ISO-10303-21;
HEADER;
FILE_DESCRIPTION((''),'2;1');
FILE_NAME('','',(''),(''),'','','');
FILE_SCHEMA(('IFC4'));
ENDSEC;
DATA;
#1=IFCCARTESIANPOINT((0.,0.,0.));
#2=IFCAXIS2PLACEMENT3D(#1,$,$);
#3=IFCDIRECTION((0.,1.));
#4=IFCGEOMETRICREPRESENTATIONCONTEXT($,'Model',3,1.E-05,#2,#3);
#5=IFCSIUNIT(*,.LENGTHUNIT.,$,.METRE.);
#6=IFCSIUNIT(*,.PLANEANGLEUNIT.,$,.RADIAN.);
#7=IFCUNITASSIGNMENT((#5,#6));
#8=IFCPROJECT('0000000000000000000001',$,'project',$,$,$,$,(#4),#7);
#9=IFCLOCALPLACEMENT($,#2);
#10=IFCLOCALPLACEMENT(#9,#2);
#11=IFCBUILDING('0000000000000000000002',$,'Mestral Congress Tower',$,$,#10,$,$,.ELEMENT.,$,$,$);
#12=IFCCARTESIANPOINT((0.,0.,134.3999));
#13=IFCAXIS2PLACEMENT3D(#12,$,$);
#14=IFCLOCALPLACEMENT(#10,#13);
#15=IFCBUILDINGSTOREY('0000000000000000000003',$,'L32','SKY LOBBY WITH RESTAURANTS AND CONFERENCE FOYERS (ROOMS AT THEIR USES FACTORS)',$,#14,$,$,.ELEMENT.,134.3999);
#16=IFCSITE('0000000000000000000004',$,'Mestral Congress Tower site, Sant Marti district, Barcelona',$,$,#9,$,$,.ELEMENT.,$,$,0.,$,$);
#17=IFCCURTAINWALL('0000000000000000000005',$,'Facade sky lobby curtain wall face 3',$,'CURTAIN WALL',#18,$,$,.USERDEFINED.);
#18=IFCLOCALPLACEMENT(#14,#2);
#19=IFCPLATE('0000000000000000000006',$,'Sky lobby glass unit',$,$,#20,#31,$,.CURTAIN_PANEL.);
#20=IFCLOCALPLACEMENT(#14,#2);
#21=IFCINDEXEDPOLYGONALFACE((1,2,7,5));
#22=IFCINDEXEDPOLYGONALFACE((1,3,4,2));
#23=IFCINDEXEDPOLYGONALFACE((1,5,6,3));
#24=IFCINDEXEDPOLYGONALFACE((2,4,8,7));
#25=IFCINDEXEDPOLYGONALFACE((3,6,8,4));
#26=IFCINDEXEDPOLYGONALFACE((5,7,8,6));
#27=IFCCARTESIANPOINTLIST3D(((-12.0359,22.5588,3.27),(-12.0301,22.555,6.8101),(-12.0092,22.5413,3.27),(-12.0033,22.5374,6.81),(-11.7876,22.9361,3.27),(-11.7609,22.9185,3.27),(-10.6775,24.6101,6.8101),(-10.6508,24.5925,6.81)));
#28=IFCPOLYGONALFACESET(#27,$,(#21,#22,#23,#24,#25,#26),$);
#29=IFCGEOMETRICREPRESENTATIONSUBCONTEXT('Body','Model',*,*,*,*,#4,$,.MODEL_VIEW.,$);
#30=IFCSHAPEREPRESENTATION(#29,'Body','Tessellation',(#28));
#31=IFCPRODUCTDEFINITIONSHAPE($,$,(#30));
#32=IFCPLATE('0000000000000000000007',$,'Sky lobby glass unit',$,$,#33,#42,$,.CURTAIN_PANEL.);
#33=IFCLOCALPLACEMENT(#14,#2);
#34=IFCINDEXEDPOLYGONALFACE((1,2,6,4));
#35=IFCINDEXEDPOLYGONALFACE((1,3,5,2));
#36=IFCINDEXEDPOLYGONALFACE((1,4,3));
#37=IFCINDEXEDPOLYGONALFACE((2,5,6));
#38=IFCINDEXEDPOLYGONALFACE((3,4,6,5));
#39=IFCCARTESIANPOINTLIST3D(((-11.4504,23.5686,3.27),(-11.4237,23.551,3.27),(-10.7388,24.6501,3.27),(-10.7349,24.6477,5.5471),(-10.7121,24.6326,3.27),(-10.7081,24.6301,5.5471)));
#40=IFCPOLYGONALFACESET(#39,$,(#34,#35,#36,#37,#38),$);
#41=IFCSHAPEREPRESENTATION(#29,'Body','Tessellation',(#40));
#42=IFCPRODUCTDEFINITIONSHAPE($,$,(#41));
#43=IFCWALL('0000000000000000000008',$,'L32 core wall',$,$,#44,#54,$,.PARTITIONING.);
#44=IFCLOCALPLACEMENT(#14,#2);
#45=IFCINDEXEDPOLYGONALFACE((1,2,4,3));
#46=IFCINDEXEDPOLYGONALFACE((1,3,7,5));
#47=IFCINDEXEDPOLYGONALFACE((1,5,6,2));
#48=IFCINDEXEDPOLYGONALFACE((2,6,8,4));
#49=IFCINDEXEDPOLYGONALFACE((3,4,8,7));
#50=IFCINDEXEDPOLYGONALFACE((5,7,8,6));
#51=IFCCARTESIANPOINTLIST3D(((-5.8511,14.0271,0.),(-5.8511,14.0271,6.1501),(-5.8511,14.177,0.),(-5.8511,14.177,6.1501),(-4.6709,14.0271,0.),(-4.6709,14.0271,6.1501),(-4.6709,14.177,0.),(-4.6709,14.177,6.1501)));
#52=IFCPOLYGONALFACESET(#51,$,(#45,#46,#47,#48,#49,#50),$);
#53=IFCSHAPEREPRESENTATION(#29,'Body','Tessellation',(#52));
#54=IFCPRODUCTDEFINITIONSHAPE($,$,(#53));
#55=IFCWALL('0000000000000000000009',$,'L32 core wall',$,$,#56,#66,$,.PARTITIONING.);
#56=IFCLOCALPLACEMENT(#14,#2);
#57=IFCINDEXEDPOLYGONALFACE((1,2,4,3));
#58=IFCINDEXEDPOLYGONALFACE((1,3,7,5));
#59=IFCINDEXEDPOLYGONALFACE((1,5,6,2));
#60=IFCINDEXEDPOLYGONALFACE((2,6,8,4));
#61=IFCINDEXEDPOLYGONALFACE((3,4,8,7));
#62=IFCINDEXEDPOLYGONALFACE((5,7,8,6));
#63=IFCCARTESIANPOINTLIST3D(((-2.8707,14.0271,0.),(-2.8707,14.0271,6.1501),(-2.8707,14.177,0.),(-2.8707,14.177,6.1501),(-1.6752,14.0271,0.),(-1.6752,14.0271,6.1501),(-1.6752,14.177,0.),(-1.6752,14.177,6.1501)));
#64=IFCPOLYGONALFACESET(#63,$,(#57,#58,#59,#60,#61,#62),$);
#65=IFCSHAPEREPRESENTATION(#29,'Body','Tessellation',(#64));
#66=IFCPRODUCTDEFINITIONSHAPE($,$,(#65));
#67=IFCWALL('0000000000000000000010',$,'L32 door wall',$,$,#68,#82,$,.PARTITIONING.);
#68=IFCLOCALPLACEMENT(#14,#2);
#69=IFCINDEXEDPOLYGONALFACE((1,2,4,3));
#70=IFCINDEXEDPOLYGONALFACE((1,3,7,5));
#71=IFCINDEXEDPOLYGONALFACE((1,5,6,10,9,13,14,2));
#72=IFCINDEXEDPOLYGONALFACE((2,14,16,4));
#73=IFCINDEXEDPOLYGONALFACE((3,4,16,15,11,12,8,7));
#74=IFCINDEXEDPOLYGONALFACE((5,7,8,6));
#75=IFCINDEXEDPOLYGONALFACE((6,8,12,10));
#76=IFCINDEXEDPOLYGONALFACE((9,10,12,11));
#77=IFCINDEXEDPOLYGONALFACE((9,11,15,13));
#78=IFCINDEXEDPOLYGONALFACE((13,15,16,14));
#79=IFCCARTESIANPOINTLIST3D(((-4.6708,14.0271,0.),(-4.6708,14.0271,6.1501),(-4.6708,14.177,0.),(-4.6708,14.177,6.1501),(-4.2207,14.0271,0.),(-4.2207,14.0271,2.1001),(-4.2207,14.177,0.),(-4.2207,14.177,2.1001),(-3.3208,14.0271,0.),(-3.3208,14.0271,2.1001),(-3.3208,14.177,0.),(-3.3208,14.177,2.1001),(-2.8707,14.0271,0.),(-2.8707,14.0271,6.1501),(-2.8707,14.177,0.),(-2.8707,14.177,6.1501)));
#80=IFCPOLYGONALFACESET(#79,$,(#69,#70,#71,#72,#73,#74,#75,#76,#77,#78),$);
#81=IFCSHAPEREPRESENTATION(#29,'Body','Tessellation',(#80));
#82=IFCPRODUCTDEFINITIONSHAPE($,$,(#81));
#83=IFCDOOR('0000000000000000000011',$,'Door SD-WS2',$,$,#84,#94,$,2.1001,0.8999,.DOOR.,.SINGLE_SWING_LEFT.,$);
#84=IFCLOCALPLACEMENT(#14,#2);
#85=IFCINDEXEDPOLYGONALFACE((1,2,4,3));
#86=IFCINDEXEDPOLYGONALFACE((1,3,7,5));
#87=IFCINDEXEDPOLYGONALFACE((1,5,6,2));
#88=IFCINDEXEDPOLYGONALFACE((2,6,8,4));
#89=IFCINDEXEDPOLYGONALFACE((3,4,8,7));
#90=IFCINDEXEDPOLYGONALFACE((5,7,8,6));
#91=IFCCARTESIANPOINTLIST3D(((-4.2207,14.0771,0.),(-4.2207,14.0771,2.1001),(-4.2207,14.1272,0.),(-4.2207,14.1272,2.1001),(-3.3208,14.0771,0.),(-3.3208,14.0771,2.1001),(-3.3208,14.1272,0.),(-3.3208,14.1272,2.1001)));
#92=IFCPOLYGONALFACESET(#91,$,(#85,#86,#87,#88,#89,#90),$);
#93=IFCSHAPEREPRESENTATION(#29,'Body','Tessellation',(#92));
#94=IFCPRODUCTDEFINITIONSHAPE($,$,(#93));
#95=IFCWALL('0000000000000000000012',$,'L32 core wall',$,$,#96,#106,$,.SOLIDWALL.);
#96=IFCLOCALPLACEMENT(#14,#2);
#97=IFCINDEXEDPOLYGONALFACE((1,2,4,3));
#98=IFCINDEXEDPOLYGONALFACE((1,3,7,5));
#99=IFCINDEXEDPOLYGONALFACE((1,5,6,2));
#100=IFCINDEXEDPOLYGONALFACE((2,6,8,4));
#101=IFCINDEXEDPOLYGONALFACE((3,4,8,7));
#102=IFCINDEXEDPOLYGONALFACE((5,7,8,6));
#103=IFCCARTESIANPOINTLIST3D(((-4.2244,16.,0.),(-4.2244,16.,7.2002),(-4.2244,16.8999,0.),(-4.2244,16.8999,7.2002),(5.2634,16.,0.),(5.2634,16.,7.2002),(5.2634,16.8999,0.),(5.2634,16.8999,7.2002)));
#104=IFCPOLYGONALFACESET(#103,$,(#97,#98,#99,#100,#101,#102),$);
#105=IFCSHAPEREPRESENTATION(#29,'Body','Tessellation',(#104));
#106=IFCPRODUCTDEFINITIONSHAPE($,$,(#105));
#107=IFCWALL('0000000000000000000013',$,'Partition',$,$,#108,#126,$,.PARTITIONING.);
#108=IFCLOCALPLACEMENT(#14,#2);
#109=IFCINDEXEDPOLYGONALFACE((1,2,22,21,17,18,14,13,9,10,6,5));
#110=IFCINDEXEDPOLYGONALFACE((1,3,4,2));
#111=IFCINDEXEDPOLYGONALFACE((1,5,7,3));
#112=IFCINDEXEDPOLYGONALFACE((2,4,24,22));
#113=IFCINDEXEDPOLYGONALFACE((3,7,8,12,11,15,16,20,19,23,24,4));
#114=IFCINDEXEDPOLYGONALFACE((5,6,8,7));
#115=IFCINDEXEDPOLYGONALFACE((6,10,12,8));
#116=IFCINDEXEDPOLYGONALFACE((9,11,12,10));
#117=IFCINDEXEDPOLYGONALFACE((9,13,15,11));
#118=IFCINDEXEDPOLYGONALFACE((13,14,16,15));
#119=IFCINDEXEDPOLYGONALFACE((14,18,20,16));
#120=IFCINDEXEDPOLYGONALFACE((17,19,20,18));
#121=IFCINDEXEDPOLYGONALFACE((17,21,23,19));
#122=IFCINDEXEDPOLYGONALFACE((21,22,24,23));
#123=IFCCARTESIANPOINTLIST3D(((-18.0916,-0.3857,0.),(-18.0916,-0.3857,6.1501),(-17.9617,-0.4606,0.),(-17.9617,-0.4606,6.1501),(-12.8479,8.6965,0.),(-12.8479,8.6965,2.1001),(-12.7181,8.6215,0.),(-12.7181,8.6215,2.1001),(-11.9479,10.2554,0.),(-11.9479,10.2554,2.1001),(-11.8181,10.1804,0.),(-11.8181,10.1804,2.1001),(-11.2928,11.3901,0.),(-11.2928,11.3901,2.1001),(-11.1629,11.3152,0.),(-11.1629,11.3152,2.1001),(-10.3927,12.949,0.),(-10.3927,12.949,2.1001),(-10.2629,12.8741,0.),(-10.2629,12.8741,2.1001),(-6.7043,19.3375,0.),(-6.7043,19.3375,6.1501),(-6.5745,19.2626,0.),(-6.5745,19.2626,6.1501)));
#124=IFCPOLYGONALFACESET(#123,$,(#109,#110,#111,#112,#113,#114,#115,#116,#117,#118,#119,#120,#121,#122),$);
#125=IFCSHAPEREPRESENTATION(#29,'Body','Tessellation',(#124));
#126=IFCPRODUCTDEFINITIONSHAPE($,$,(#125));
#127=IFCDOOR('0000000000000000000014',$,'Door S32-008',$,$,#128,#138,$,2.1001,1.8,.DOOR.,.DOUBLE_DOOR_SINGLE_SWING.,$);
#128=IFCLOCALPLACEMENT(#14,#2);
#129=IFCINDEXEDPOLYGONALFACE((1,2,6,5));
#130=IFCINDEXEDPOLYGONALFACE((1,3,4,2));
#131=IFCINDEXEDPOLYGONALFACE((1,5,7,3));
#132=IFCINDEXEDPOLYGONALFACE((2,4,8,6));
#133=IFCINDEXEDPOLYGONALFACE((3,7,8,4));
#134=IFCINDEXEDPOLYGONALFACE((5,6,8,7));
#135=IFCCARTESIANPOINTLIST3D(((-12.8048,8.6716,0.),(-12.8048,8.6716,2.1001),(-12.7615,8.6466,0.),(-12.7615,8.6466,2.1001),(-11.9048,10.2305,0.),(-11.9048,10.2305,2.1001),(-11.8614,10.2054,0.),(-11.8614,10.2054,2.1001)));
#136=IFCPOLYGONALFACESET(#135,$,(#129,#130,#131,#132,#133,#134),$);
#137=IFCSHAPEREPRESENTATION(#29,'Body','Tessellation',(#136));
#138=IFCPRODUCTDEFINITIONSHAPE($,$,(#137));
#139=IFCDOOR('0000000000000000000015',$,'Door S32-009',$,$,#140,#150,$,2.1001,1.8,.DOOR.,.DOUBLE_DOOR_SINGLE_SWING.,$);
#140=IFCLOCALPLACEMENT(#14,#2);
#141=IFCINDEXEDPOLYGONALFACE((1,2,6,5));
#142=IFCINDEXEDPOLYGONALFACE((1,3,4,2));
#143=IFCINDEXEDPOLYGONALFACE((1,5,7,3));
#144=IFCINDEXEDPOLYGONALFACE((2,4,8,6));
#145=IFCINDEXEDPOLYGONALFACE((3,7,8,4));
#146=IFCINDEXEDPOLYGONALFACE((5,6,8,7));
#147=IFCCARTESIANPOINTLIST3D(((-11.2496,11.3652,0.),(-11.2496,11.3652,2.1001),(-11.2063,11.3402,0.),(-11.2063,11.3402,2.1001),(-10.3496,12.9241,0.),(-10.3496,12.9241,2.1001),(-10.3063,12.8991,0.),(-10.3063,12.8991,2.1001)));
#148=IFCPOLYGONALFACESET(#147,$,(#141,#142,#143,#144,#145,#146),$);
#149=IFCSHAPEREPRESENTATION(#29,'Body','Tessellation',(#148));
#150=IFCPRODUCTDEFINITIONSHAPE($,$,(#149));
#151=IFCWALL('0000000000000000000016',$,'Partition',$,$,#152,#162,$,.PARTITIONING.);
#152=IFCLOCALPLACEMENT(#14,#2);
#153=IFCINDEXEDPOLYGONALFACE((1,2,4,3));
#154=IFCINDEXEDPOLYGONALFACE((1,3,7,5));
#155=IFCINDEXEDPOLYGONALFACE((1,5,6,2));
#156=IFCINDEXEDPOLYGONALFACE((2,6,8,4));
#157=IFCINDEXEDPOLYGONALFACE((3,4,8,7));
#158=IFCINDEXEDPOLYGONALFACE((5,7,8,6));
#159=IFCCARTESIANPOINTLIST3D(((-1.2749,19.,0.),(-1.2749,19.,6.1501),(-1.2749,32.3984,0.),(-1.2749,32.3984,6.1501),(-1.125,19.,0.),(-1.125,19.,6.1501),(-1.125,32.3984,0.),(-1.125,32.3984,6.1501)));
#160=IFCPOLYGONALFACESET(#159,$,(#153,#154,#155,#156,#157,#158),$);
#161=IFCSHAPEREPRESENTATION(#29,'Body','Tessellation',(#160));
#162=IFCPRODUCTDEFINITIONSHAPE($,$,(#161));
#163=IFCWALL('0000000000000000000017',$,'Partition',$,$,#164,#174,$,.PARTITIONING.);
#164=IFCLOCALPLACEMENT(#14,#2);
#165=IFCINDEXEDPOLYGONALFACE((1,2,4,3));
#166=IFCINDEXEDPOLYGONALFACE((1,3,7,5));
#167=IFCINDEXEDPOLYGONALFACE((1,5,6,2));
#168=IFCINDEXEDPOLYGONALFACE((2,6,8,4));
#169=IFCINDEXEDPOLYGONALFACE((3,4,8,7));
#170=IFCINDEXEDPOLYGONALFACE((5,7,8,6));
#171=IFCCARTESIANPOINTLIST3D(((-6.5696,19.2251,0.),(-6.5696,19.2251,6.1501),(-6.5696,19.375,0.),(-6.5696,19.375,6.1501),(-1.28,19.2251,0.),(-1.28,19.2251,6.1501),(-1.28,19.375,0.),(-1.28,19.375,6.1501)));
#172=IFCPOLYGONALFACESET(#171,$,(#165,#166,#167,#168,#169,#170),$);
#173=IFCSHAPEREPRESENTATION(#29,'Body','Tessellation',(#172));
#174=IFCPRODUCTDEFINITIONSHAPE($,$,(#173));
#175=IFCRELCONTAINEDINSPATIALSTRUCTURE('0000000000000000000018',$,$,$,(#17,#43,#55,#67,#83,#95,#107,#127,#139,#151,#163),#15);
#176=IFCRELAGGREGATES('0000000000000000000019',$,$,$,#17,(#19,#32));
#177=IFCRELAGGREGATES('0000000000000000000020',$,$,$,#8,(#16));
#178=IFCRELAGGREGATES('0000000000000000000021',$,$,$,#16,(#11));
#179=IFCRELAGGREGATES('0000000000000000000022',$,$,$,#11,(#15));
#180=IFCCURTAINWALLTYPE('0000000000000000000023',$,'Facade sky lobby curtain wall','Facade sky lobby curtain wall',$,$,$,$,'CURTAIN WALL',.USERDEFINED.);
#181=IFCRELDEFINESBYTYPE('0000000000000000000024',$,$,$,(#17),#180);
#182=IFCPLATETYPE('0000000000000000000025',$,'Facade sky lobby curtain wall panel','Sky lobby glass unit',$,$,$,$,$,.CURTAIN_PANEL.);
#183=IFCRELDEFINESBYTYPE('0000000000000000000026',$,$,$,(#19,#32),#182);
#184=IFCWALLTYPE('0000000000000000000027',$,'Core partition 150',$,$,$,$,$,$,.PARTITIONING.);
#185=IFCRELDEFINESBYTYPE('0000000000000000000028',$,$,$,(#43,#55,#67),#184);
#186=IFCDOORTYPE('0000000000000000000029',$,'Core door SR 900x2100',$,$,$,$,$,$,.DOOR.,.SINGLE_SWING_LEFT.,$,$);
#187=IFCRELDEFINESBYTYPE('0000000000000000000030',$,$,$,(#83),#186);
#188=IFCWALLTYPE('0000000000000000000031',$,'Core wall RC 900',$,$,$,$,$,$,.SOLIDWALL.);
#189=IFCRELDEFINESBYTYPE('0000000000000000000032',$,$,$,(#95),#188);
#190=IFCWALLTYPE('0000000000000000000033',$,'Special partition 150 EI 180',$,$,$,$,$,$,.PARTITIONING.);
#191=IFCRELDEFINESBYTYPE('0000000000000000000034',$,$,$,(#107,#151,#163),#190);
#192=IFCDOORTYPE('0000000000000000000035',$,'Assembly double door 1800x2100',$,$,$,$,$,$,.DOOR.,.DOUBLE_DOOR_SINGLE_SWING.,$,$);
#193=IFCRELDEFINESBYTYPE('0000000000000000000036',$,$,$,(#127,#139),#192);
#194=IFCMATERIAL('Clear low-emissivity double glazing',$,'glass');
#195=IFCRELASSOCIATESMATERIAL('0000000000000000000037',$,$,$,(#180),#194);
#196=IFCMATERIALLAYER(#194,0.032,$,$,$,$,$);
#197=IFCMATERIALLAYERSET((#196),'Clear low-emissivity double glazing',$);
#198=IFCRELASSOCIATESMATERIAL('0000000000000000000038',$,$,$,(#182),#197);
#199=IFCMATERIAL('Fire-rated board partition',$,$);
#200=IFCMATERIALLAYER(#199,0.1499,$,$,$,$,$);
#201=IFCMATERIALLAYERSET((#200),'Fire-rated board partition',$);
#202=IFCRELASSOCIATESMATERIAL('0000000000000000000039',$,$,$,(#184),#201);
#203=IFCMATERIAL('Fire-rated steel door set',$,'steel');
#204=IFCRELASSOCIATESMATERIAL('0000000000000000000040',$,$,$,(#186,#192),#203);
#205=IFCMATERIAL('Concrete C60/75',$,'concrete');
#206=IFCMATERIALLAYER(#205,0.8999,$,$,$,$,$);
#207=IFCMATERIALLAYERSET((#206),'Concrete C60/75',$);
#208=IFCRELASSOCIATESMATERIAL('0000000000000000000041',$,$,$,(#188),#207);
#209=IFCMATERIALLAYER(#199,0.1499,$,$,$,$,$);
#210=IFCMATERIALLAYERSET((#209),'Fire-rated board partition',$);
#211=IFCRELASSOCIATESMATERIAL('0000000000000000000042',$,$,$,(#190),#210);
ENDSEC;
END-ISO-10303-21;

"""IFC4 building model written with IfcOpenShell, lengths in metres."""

from ifc_helpers import new_model, si_unit, direction, frame, frame_2d, origin, place, context, subcontext, project, spatial, polyline, rectangle, outline, extrude, material, layer, layer_set, type_object, element, fill, aggregate, save


model = new_model("IFC4")

# Units and contexts
model_context = context("Model", 3, precision=1e-05, world=origin(), true_north=direction((0.0, 1.0)))
body_context = subcontext(model_context, "Body", "Model", "MODEL_VIEW")
ifc_project = project(units=[si_unit("LENGTHUNIT", "METRE"), si_unit("PLANEANGLEUNIT", "RADIAN")], contexts=[model_context])

# Site, building, storey
site_placement = place(None, origin())
site = spatial("IfcSite", under=ifc_project, at=site_placement, Name="Mestral Congress Tower site, Sant Marti district, Barcelona", CompositionType="ELEMENT", RefElevation=0.0)
building_placement = place(site_placement, origin())
building = spatial("IfcBuilding", under=site, at=building_placement, Name="Mestral Congress Tower", CompositionType="ELEMENT")
storey_placement = place(building_placement, frame((0.0, 0.0, 134.3999)))
storey = spatial("IfcBuildingStorey", under=building, at=storey_placement, Name="L32", Description="SKY LOBBY WITH RESTAURANTS AND CONFERENCE FOYERS (ROOMS AT THEIR USES FACTORS)", CompositionType="ELEMENT", Elevation=134.3999)

# Curtain wall
ifc_material_1 = material(Name="Clear low-emissivity double glazing", Category="glass")
curtain_wall_type = type_object("IfcCurtainWallType", Name="Facade sky lobby curtain wall", Description="Facade sky lobby curtain wall", ElementType="CURTAIN WALL", PredefinedType="USERDEFINED", material=ifc_material_1)
placement = place(storey_placement, origin())
curtain_wall = element("IfcCurtainWall", 1, at=placement, inside=storey, type_object=curtain_wall_type, Name="Facade sky lobby curtain wall face 3", ObjectType="CURTAIN WALL", PredefinedType="USERDEFINED")

# Plates
ifc_layer_1 = layer(ifc_material_1, 0.032)
ifc_layer_set_1 = layer_set([ifc_layer_1], Name="Clear low-emissivity double glazing")
plate_type_1 = type_object("IfcPlateType", Name="Facade sky lobby curtain wall panel", Description="Sky lobby glass unit", PredefinedType="CURTAIN_PANEL", material=ifc_layer_set_1)
plate_1_placement = place(storey_placement, frame((-10.6775, 24.6101, 6.8101), z_axis=(-0.835323, 0.549756, 0.001979), x_axis=(-0.549757, -0.835325, 0.0)))
plate_1 = element("IfcPlate", 2, at=plate_1_placement, type_object=plate_type_1, Name="Sky lobby glass unit", PredefinedType="CURTAIN_PANEL", context=body_context, shape_type="SweptSolid", body=[
    extrude(outline(polyline([(0.0, 0.0), (2.4603, 0.0), (2.4603, -3.54), (2.0087, -3.54), (0.0, 0.0)])), origin(), (0.0, 0.0, -1.0), 0.032),
])
plate_2_placement = place(storey_placement, frame((-10.7388, 24.6501, 3.27), z_axis=(-0.83537, 0.549685, 0.002022), x_axis=(0.001715, -0.001072, 0.999998)))
plate_2 = element("IfcPlate", 3, at=plate_2_placement, type_object=plate_type_1, Name="Sky lobby glass unit", PredefinedType="CURTAIN_PANEL", context=body_context, shape_type="SweptSolid", body=[
    extrude(outline(polyline([(0.0, 0.0), (2.2771, 0.0), (-0.0001, -1.2947), (0.0, 0.0)])), origin(), (0.0, 0.0, -1.0), 0.032),
])
aggregate(curtain_wall, [plate_1, plate_2])

# Walls
ifc_material_2 = material(Name="Fire-rated board partition")
ifc_layer_2 = layer(ifc_material_2, 0.1499)
ifc_layer_set_2 = layer_set([ifc_layer_2], Name="Fire-rated board partition")
wall_type_1 = type_object("IfcWallType", Name="Core partition 150", PredefinedType="PARTITIONING", material=ifc_layer_set_2)
wall_1_placement = place(storey_placement, frame((-5.8511, 14.1021, 0.0), z_axis=(0.0, 0.0, 1.0), x_axis=(1.0, 0.0, 0.0)))
element("IfcWall", 4, at=wall_1_placement, inside=storey, type_object=wall_type_1, Name="L32 core wall", PredefinedType="PARTITIONING", context=body_context, shape_type="SweptSolid", body=[
    extrude(rectangle(XDim=1.1802, YDim=0.1499, at=frame_2d((0.5901, 0.0))), origin(), (0.0, 0.0, 1.0), 6.1501),
])
wall_2_placement = place(storey_placement, frame((-2.8706, 14.1021, 0.0), z_axis=(0.0, 0.0, 1.0), x_axis=(1.0, 0.0, 0.0)))
element("IfcWall", 5, at=wall_2_placement, inside=storey, type_object=wall_type_1, Name="L32 core wall", PredefinedType="PARTITIONING", context=body_context, shape_type="SweptSolid", body=[
    extrude(rectangle(XDim=1.1956, YDim=0.1499, at=frame_2d((0.5977, 0.0))), origin(), (0.0, 0.0, 1.0), 6.1501),
])

# Wall, opening, door
wall_3_placement = place(storey_placement, frame((-2.8708, 14.1021, 0.0), z_axis=(0.0, 0.0, 1.0), x_axis=(-1.0, 0.0, 0.0)))
wall_3 = element("IfcWall", 6, at=wall_3_placement, inside=storey, type_object=wall_type_1, Name="L32 door wall", PredefinedType="PARTITIONING", context=body_context, shape_type="SweptSolid", body=[
    extrude(rectangle(XDim=1.8, YDim=0.1499, at=frame_2d((0.8999, 0.0))), origin(), (0.0, 0.0, 1.0), 6.1501),
])
opening_1_placement = place(wall_3_placement, frame((0.45, 0.0, 0.0)))
opening_1 = element("IfcOpeningElement", 7, at=opening_1_placement, cuts=wall_3, PredefinedType="OPENING", context=body_context, shape_type="SweptSolid", body=[
    extrude(rectangle(XDim=0.8999, YDim=2.1001, at=frame_2d((0.45, 1.05))), frame((0.0, 0.085, 0.0), z_axis=(0.0, -1.0, 0.0), x_axis=(1.0, 0.0, 0.0)), (0.0, 0.0, 1.0), 0.1699),
])
ifc_material_3 = material(Name="Fire-rated steel door set", Category="steel")
door_type_1 = type_object("IfcDoorType", Name="Core door SR 900x2100", OperationType="SINGLE_SWING_LEFT", PredefinedType="DOOR", material=ifc_material_3)
door_1_placement = place(opening_1_placement, origin())
door_1 = element("IfcDoor", 8, at=door_1_placement, inside=storey, type_object=door_type_1, Name="Door SD-WS2", OperationType="SINGLE_SWING_LEFT", OverallHeight=2.1001, OverallWidth=0.8999, PredefinedType="DOOR", context=body_context, shape_type="SweptSolid", body=[
    extrude(rectangle(XDim=0.8999, YDim=2.1001, at=frame_2d((0.45, 1.05))), frame((0.0, 0.0249, 0.0), z_axis=(0.0, -1.0, 0.0), x_axis=(1.0, 0.0, 0.0)), (0.0, 0.0, 1.0), 0.05),
])
fill(opening_1, door_1)

# Wall
ifc_material_4 = material(Name="Concrete C60/75", Category="concrete")
ifc_layer_3 = layer(ifc_material_4, 0.8999)
ifc_layer_set_3 = layer_set([ifc_layer_3], Name="Concrete C60/75")
wall_type_2 = type_object("IfcWallType", Name="Core wall RC 900", PredefinedType="SOLIDWALL", material=ifc_layer_set_3)
wall_4_placement = place(storey_placement, frame((-4.2244, 16.45, 0.0), z_axis=(0.0, 0.0, 1.0), x_axis=(1.0, 0.0, 0.0)))
element("IfcWall", 9, at=wall_4_placement, inside=storey, type_object=wall_type_2, Name="L32 core wall", PredefinedType="SOLIDWALL", context=body_context, shape_type="SweptSolid", body=[
    extrude(rectangle(XDim=9.4878, YDim=0.8999, at=frame_2d((4.7439, 0.0))), origin(), (0.0, 0.0, 1.0), 7.2002),
])

# Wall, openings, doors
ifc_layer_4 = layer(ifc_material_2, 0.1499)
ifc_layer_set_4 = layer_set([ifc_layer_4], Name="Fire-rated board partition")
wall_type_3 = type_object("IfcWallType", Name="Special partition 150 EI 180", PredefinedType="PARTITIONING", material=ifc_layer_set_4)
wall_5_placement = place(storey_placement, frame((-6.6394, 19.3, 0.0), z_axis=(0.0, 0.0, 1.0), x_axis=(-0.500001, -0.866025, 0.0)))
wall_5 = element("IfcWall", 10, at=wall_5_placement, inside=storey, type_object=wall_type_3, Name="Partition", PredefinedType="PARTITIONING", context=body_context, shape_type="SweptSolid", body=[
    extrude(rectangle(XDim=22.7744, YDim=0.1499, at=frame_2d((11.3872, 0.0))), origin(), (0.0, 0.0, 1.0), 6.1501),
])
opening_2_placement = place(wall_5_placement, frame((10.4873, 0.0, 0.0)))
opening_2 = element("IfcOpeningElement", 11, at=opening_2_placement, cuts=wall_5, PredefinedType="OPENING", context=body_context, shape_type="SweptSolid", body=[
    extrude(rectangle(XDim=1.8, YDim=2.1001, at=frame_2d((0.8999, 1.05))), frame((0.0, 0.085, 0.0), z_axis=(0.0, -1.0, 0.0), x_axis=(1.0, 0.0, 0.0)), (0.0, 0.0, 1.0), 0.1699),
])
opening_3_placement = place(wall_5_placement, frame((7.377, 0.0, 0.0)))
opening_3 = element("IfcOpeningElement", 12, at=opening_3_placement, cuts=wall_5, PredefinedType="OPENING", context=body_context, shape_type="SweptSolid", body=[
    extrude(rectangle(XDim=1.8, YDim=2.1001, at=frame_2d((0.8999, 1.05))), frame((0.0, 0.085, 0.0), z_axis=(0.0, -1.0, 0.0), x_axis=(1.0, 0.0, 0.0)), (0.0, 0.0, 1.0), 0.1699),
])
door_type_2 = type_object("IfcDoorType", Name="Assembly double door 1800x2100", OperationType="DOUBLE_DOOR_SINGLE_SWING", PredefinedType="DOOR", material=ifc_material_3)
door_2_placement = place(opening_2_placement, origin())
door_2 = element("IfcDoor", 13, at=door_2_placement, inside=storey, type_object=door_type_2, Name="Door S32-008", OperationType="DOUBLE_DOOR_SINGLE_SWING", OverallHeight=2.1001, OverallWidth=1.8, PredefinedType="DOOR", context=body_context, shape_type="SweptSolid", body=[
    extrude(rectangle(XDim=1.8, YDim=2.1001, at=frame_2d((0.8999, 1.05))), frame((0.0, 0.0249, 0.0), z_axis=(0.0, -1.0, 0.0), x_axis=(1.0, 0.0, 0.0)), (0.0, 0.0, 1.0), 0.05),
])
fill(opening_2, door_2)
door_3_placement = place(opening_3_placement, origin())
door_3 = element("IfcDoor", 14, at=door_3_placement, inside=storey, type_object=door_type_2, Name="Door S32-009", OperationType="DOUBLE_DOOR_SINGLE_SWING", OverallHeight=2.1001, OverallWidth=1.8, PredefinedType="DOOR", context=body_context, shape_type="SweptSolid", body=[
    extrude(rectangle(XDim=1.8, YDim=2.1001, at=frame_2d((0.8999, 1.05))), frame((0.0, 0.0249, 0.0), z_axis=(0.0, -1.0, 0.0), x_axis=(1.0, 0.0, 0.0)), (0.0, 0.0, 1.0), 0.05),
])
fill(opening_3, door_3)

# Walls
wall_6_placement = place(storey_placement, frame((-1.2, 19.0, 0.0), z_axis=(0.0, 0.0, 1.0), x_axis=(0.0, 1.0, 0.0)))
element("IfcWall", 15, at=wall_6_placement, inside=storey, type_object=wall_type_3, Name="Partition", PredefinedType="PARTITIONING", context=body_context, shape_type="SweptSolid", body=[
    extrude(rectangle(XDim=13.3984, YDim=0.1499, at=frame_2d((6.6992, 0.0))), origin(), (0.0, 0.0, 1.0), 6.1501),
])
wall_7_placement = place(storey_placement, frame((-6.5696, 19.3, 0.0), z_axis=(0.0, 0.0, 1.0), x_axis=(1.0, 0.0, 0.0)))
element("IfcWall", 16, at=wall_7_placement, inside=storey, type_object=wall_type_3, Name="Partition", PredefinedType="PARTITIONING", context=body_context, shape_type="SweptSolid", body=[
    extrude(rectangle(XDim=5.2896, YDim=0.1499, at=frame_2d((2.6448, 0.0))), origin(), (0.0, 0.0, 1.0), 6.1501),
])

save(model, "model.ifc")
